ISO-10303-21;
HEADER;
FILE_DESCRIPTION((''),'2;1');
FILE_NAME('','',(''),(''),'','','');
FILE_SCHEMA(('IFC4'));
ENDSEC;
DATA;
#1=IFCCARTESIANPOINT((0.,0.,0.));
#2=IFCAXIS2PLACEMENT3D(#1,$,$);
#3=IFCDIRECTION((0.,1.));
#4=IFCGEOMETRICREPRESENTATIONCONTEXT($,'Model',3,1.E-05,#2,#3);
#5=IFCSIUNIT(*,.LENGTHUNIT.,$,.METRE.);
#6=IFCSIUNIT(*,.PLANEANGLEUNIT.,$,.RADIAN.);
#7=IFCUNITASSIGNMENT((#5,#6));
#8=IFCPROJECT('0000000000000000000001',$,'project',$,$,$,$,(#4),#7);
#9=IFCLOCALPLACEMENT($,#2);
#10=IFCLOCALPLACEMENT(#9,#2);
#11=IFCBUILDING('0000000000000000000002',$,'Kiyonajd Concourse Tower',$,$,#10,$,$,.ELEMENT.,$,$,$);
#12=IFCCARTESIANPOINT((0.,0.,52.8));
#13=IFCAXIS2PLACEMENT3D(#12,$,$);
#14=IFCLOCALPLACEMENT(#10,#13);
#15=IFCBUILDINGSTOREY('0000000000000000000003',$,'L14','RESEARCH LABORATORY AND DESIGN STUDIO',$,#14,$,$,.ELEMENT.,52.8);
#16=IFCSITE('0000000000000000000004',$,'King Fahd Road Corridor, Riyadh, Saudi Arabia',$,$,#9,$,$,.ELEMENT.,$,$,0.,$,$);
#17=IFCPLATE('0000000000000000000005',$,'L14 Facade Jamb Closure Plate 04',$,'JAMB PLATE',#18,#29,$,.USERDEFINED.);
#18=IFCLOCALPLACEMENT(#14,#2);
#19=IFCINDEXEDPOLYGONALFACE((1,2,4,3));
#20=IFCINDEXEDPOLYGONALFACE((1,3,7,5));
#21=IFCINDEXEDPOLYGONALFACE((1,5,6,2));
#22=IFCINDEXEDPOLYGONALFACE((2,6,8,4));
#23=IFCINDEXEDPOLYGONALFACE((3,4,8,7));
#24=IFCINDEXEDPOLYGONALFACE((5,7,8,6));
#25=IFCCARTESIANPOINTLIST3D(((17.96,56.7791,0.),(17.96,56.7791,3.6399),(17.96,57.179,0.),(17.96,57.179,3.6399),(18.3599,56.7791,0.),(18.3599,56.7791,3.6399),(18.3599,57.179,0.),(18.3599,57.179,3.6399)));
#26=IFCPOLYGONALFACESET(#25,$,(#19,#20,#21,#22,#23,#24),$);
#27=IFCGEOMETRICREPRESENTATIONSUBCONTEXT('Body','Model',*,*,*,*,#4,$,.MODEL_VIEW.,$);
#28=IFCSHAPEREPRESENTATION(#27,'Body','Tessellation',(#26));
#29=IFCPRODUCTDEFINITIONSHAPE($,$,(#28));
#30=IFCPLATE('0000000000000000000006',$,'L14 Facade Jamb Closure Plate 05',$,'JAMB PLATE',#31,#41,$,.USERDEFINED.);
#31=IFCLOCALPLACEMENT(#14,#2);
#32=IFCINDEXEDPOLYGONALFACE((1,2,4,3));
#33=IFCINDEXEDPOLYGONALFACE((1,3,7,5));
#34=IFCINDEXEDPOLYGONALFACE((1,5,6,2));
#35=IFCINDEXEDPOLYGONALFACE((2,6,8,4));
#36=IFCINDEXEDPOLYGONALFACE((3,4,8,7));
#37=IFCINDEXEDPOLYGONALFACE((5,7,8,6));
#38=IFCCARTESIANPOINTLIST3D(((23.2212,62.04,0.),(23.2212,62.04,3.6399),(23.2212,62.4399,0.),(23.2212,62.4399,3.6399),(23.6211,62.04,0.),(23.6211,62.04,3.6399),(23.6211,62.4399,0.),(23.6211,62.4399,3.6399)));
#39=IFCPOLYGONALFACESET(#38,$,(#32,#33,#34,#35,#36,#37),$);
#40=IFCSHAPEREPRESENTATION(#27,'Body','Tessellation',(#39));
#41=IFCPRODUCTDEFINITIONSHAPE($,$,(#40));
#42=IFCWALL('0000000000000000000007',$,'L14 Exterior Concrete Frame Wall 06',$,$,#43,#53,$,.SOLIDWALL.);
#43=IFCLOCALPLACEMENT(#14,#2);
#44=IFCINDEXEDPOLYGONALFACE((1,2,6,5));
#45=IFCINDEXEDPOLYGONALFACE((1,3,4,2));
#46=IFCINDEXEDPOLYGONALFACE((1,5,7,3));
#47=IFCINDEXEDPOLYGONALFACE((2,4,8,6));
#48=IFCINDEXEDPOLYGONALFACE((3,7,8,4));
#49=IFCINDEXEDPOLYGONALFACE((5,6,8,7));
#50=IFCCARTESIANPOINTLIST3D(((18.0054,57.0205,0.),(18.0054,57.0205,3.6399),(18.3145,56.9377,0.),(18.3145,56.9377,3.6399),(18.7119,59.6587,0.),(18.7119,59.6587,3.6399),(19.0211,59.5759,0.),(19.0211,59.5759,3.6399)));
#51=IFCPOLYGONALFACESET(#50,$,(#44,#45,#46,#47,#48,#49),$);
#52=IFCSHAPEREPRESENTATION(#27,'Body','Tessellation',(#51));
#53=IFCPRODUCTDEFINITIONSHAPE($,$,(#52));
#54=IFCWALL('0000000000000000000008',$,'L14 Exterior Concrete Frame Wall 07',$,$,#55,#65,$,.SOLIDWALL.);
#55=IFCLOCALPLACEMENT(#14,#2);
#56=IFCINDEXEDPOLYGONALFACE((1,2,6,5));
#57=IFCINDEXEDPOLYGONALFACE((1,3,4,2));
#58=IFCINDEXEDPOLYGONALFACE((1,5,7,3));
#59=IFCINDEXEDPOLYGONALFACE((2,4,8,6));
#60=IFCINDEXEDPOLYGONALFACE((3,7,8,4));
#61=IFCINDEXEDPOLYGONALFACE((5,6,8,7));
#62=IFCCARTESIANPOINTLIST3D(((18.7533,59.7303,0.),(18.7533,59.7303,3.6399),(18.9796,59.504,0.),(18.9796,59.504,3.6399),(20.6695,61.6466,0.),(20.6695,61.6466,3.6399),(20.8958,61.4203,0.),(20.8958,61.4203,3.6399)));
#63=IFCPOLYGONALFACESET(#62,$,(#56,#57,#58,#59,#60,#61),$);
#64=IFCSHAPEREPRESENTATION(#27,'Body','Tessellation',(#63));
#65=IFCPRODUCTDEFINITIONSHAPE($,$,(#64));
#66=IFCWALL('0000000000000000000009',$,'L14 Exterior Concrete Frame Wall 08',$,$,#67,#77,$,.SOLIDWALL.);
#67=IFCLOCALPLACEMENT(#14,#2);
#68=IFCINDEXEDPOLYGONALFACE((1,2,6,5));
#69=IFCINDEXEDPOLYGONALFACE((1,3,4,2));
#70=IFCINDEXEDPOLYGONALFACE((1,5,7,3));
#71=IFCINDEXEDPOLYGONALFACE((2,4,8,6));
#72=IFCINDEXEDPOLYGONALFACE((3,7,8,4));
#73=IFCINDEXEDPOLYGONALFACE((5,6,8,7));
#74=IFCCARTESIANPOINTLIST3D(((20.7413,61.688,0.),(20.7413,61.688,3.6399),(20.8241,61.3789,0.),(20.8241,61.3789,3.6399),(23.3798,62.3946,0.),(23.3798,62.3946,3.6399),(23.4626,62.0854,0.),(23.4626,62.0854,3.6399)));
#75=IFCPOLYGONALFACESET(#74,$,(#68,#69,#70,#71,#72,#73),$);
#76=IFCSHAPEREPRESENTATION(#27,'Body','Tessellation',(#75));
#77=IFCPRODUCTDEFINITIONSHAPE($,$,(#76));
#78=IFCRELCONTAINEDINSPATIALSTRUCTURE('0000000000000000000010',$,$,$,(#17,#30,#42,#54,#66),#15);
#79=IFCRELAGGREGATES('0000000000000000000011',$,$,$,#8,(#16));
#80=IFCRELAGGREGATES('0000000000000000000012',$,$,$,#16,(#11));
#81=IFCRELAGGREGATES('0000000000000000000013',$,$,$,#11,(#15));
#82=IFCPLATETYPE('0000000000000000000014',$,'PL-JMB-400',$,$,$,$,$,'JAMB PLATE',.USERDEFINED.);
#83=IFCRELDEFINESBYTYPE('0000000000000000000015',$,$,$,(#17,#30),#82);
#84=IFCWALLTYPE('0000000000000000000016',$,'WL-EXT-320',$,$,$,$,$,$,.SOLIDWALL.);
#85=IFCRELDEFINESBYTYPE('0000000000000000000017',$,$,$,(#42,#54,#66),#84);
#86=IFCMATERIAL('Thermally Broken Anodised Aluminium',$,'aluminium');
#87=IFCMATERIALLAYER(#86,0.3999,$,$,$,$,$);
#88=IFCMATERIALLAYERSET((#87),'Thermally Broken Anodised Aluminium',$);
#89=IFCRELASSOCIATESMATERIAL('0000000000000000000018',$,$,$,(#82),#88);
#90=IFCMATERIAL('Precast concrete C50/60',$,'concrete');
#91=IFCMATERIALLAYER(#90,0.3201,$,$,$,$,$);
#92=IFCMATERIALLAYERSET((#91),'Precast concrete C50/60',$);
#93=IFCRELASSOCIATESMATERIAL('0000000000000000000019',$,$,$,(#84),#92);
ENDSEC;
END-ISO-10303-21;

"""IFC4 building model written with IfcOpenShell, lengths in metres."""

from ifc_helpers import new_model, si_unit, direction, frame, frame_2d, origin, origin_2d, place, context, subcontext, project, spatial, rectangle, extrude, material, layer, layer_set, type_object, element, save


model = new_model("IFC4")

# Units and contexts
model_context = context("Model", 3, precision=1e-05, world=origin(), true_north=direction((0.0, 1.0)))
body_context = subcontext(model_context, "Body", "Model", "MODEL_VIEW")
ifc_project = project(units=[si_unit("LENGTHUNIT", "METRE"), si_unit("PLANEANGLEUNIT", "RADIAN")], contexts=[model_context])

# Site, building, storey
site_placement = place(None, origin())
site = spatial("IfcSite", under=ifc_project, at=site_placement, Name="King Fahd Road Corridor, Riyadh, Saudi Arabia", CompositionType="ELEMENT", RefElevation=0.0)
building_placement = place(site_placement, origin())
building = spatial("IfcBuilding", under=site, at=building_placement, Name="Kiyonajd Concourse Tower", CompositionType="ELEMENT")
storey_placement = place(building_placement, frame((0.0, 0.0, 52.8)))
storey = spatial("IfcBuildingStorey", under=building, at=storey_placement, Name="L14", Description="RESEARCH LABORATORY AND DESIGN STUDIO", CompositionType="ELEMENT", Elevation=52.8)

# Shared definitions
ifc_material_1 = material(Name="Precast concrete C50/60", Category="concrete")

# Shared definitions
ifc_material_2 = material(Name="Thermally Broken Anodised Aluminium", Category="aluminium")

# Plates
ifc_layer_1 = layer(ifc_material_2, 0.3999)
ifc_layer_set_1 = layer_set([ifc_layer_1], Name="Thermally Broken Anodised Aluminium")
plate_type_1 = type_object("IfcPlateType", Name="PL-JMB-400", ElementType="JAMB PLATE", PredefinedType="USERDEFINED", material=ifc_layer_set_1)
for number, where, z_axis, x_axis, name in (
    (1, (18.1599, 56.979, 0.0), (0.0, 0.0, 1.0), (1.0, 0.0, 0.0), "L14 Facade Jamb Closure Plate 04"),
    (2, (23.4211, 62.24, 0.0), (0.0, 0.0, 1.0), (1.0, 0.0, 0.0), "L14 Facade Jamb Closure Plate 05"),
):
    element("IfcPlate", number, at=place(storey_placement, frame(where, z_axis=z_axis, x_axis=x_axis)), inside=storey, type_object=plate_type_1, Name=name, ObjectType="JAMB PLATE", PredefinedType="USERDEFINED", context=body_context, shape_type="SweptSolid", body=[
        extrude(rectangle(XDim=0.3999, YDim=0.3999, at=origin_2d()), origin(), (0.0, 0.0, 1.0), 3.6399),
    ])

# Walls
ifc_layer_2 = layer(ifc_material_1, 0.3201)
ifc_layer_set_2 = layer_set([ifc_layer_2], Name="Precast concrete C50/60")
wall_type = type_object("IfcWallType", Name="WL-EXT-320", PredefinedType="SOLIDWALL", material=ifc_layer_set_2)
wall_1_placement = place(storey_placement, frame((18.1599, 56.979, 0.0), z_axis=(0.0, 0.0, 1.0), x_axis=(0.258697, 0.965958, 0.0)))
element("IfcWall", 3, at=wall_1_placement, inside=storey, type_object=wall_type, Name="L14 Exterior Concrete Frame Wall 06", PredefinedType="SOLIDWALL", context=body_context, shape_type="SweptSolid", body=[
    extrude(rectangle(XDim=2.7312, YDim=0.3201, at=frame_2d((1.3657, 0.0))), origin(), (0.0, 0.0, 1.0), 3.6399),
])
wall_2_placement = place(storey_placement, frame((18.8665, 59.6172, 0.0), z_axis=(0.0, 0.0, 1.0), x_axis=(0.707107, 0.707107, 0.0)))
element("IfcWall", 4, at=wall_2_placement, inside=storey, type_object=wall_type, Name="L14 Exterior Concrete Frame Wall 07", PredefinedType="SOLIDWALL", context=body_context, shape_type="SweptSolid", body=[
    extrude(rectangle(XDim=2.71, YDim=0.3201, at=frame_2d((1.355, 0.0))), origin(), (0.0, 0.0, 1.0), 3.6399),
])
wall_3_placement = place(storey_placement, frame((20.7827, 61.5334, 0.0), z_axis=(0.0, 0.0, 1.0), x_axis=(0.965964, 0.258675, 0.0)))
element("IfcWall", 5, at=wall_3_placement, inside=storey, type_object=wall_type, Name="L14 Exterior Concrete Frame Wall 08", PredefinedType="SOLIDWALL", context=body_context, shape_type="SweptSolid", body=[
    extrude(rectangle(XDim=2.7314, YDim=0.3201, at=frame_2d((1.3657, 0.0))), origin(), (0.0, 0.0, 1.0), 3.6399),
])

save(model, "model.ifc")
